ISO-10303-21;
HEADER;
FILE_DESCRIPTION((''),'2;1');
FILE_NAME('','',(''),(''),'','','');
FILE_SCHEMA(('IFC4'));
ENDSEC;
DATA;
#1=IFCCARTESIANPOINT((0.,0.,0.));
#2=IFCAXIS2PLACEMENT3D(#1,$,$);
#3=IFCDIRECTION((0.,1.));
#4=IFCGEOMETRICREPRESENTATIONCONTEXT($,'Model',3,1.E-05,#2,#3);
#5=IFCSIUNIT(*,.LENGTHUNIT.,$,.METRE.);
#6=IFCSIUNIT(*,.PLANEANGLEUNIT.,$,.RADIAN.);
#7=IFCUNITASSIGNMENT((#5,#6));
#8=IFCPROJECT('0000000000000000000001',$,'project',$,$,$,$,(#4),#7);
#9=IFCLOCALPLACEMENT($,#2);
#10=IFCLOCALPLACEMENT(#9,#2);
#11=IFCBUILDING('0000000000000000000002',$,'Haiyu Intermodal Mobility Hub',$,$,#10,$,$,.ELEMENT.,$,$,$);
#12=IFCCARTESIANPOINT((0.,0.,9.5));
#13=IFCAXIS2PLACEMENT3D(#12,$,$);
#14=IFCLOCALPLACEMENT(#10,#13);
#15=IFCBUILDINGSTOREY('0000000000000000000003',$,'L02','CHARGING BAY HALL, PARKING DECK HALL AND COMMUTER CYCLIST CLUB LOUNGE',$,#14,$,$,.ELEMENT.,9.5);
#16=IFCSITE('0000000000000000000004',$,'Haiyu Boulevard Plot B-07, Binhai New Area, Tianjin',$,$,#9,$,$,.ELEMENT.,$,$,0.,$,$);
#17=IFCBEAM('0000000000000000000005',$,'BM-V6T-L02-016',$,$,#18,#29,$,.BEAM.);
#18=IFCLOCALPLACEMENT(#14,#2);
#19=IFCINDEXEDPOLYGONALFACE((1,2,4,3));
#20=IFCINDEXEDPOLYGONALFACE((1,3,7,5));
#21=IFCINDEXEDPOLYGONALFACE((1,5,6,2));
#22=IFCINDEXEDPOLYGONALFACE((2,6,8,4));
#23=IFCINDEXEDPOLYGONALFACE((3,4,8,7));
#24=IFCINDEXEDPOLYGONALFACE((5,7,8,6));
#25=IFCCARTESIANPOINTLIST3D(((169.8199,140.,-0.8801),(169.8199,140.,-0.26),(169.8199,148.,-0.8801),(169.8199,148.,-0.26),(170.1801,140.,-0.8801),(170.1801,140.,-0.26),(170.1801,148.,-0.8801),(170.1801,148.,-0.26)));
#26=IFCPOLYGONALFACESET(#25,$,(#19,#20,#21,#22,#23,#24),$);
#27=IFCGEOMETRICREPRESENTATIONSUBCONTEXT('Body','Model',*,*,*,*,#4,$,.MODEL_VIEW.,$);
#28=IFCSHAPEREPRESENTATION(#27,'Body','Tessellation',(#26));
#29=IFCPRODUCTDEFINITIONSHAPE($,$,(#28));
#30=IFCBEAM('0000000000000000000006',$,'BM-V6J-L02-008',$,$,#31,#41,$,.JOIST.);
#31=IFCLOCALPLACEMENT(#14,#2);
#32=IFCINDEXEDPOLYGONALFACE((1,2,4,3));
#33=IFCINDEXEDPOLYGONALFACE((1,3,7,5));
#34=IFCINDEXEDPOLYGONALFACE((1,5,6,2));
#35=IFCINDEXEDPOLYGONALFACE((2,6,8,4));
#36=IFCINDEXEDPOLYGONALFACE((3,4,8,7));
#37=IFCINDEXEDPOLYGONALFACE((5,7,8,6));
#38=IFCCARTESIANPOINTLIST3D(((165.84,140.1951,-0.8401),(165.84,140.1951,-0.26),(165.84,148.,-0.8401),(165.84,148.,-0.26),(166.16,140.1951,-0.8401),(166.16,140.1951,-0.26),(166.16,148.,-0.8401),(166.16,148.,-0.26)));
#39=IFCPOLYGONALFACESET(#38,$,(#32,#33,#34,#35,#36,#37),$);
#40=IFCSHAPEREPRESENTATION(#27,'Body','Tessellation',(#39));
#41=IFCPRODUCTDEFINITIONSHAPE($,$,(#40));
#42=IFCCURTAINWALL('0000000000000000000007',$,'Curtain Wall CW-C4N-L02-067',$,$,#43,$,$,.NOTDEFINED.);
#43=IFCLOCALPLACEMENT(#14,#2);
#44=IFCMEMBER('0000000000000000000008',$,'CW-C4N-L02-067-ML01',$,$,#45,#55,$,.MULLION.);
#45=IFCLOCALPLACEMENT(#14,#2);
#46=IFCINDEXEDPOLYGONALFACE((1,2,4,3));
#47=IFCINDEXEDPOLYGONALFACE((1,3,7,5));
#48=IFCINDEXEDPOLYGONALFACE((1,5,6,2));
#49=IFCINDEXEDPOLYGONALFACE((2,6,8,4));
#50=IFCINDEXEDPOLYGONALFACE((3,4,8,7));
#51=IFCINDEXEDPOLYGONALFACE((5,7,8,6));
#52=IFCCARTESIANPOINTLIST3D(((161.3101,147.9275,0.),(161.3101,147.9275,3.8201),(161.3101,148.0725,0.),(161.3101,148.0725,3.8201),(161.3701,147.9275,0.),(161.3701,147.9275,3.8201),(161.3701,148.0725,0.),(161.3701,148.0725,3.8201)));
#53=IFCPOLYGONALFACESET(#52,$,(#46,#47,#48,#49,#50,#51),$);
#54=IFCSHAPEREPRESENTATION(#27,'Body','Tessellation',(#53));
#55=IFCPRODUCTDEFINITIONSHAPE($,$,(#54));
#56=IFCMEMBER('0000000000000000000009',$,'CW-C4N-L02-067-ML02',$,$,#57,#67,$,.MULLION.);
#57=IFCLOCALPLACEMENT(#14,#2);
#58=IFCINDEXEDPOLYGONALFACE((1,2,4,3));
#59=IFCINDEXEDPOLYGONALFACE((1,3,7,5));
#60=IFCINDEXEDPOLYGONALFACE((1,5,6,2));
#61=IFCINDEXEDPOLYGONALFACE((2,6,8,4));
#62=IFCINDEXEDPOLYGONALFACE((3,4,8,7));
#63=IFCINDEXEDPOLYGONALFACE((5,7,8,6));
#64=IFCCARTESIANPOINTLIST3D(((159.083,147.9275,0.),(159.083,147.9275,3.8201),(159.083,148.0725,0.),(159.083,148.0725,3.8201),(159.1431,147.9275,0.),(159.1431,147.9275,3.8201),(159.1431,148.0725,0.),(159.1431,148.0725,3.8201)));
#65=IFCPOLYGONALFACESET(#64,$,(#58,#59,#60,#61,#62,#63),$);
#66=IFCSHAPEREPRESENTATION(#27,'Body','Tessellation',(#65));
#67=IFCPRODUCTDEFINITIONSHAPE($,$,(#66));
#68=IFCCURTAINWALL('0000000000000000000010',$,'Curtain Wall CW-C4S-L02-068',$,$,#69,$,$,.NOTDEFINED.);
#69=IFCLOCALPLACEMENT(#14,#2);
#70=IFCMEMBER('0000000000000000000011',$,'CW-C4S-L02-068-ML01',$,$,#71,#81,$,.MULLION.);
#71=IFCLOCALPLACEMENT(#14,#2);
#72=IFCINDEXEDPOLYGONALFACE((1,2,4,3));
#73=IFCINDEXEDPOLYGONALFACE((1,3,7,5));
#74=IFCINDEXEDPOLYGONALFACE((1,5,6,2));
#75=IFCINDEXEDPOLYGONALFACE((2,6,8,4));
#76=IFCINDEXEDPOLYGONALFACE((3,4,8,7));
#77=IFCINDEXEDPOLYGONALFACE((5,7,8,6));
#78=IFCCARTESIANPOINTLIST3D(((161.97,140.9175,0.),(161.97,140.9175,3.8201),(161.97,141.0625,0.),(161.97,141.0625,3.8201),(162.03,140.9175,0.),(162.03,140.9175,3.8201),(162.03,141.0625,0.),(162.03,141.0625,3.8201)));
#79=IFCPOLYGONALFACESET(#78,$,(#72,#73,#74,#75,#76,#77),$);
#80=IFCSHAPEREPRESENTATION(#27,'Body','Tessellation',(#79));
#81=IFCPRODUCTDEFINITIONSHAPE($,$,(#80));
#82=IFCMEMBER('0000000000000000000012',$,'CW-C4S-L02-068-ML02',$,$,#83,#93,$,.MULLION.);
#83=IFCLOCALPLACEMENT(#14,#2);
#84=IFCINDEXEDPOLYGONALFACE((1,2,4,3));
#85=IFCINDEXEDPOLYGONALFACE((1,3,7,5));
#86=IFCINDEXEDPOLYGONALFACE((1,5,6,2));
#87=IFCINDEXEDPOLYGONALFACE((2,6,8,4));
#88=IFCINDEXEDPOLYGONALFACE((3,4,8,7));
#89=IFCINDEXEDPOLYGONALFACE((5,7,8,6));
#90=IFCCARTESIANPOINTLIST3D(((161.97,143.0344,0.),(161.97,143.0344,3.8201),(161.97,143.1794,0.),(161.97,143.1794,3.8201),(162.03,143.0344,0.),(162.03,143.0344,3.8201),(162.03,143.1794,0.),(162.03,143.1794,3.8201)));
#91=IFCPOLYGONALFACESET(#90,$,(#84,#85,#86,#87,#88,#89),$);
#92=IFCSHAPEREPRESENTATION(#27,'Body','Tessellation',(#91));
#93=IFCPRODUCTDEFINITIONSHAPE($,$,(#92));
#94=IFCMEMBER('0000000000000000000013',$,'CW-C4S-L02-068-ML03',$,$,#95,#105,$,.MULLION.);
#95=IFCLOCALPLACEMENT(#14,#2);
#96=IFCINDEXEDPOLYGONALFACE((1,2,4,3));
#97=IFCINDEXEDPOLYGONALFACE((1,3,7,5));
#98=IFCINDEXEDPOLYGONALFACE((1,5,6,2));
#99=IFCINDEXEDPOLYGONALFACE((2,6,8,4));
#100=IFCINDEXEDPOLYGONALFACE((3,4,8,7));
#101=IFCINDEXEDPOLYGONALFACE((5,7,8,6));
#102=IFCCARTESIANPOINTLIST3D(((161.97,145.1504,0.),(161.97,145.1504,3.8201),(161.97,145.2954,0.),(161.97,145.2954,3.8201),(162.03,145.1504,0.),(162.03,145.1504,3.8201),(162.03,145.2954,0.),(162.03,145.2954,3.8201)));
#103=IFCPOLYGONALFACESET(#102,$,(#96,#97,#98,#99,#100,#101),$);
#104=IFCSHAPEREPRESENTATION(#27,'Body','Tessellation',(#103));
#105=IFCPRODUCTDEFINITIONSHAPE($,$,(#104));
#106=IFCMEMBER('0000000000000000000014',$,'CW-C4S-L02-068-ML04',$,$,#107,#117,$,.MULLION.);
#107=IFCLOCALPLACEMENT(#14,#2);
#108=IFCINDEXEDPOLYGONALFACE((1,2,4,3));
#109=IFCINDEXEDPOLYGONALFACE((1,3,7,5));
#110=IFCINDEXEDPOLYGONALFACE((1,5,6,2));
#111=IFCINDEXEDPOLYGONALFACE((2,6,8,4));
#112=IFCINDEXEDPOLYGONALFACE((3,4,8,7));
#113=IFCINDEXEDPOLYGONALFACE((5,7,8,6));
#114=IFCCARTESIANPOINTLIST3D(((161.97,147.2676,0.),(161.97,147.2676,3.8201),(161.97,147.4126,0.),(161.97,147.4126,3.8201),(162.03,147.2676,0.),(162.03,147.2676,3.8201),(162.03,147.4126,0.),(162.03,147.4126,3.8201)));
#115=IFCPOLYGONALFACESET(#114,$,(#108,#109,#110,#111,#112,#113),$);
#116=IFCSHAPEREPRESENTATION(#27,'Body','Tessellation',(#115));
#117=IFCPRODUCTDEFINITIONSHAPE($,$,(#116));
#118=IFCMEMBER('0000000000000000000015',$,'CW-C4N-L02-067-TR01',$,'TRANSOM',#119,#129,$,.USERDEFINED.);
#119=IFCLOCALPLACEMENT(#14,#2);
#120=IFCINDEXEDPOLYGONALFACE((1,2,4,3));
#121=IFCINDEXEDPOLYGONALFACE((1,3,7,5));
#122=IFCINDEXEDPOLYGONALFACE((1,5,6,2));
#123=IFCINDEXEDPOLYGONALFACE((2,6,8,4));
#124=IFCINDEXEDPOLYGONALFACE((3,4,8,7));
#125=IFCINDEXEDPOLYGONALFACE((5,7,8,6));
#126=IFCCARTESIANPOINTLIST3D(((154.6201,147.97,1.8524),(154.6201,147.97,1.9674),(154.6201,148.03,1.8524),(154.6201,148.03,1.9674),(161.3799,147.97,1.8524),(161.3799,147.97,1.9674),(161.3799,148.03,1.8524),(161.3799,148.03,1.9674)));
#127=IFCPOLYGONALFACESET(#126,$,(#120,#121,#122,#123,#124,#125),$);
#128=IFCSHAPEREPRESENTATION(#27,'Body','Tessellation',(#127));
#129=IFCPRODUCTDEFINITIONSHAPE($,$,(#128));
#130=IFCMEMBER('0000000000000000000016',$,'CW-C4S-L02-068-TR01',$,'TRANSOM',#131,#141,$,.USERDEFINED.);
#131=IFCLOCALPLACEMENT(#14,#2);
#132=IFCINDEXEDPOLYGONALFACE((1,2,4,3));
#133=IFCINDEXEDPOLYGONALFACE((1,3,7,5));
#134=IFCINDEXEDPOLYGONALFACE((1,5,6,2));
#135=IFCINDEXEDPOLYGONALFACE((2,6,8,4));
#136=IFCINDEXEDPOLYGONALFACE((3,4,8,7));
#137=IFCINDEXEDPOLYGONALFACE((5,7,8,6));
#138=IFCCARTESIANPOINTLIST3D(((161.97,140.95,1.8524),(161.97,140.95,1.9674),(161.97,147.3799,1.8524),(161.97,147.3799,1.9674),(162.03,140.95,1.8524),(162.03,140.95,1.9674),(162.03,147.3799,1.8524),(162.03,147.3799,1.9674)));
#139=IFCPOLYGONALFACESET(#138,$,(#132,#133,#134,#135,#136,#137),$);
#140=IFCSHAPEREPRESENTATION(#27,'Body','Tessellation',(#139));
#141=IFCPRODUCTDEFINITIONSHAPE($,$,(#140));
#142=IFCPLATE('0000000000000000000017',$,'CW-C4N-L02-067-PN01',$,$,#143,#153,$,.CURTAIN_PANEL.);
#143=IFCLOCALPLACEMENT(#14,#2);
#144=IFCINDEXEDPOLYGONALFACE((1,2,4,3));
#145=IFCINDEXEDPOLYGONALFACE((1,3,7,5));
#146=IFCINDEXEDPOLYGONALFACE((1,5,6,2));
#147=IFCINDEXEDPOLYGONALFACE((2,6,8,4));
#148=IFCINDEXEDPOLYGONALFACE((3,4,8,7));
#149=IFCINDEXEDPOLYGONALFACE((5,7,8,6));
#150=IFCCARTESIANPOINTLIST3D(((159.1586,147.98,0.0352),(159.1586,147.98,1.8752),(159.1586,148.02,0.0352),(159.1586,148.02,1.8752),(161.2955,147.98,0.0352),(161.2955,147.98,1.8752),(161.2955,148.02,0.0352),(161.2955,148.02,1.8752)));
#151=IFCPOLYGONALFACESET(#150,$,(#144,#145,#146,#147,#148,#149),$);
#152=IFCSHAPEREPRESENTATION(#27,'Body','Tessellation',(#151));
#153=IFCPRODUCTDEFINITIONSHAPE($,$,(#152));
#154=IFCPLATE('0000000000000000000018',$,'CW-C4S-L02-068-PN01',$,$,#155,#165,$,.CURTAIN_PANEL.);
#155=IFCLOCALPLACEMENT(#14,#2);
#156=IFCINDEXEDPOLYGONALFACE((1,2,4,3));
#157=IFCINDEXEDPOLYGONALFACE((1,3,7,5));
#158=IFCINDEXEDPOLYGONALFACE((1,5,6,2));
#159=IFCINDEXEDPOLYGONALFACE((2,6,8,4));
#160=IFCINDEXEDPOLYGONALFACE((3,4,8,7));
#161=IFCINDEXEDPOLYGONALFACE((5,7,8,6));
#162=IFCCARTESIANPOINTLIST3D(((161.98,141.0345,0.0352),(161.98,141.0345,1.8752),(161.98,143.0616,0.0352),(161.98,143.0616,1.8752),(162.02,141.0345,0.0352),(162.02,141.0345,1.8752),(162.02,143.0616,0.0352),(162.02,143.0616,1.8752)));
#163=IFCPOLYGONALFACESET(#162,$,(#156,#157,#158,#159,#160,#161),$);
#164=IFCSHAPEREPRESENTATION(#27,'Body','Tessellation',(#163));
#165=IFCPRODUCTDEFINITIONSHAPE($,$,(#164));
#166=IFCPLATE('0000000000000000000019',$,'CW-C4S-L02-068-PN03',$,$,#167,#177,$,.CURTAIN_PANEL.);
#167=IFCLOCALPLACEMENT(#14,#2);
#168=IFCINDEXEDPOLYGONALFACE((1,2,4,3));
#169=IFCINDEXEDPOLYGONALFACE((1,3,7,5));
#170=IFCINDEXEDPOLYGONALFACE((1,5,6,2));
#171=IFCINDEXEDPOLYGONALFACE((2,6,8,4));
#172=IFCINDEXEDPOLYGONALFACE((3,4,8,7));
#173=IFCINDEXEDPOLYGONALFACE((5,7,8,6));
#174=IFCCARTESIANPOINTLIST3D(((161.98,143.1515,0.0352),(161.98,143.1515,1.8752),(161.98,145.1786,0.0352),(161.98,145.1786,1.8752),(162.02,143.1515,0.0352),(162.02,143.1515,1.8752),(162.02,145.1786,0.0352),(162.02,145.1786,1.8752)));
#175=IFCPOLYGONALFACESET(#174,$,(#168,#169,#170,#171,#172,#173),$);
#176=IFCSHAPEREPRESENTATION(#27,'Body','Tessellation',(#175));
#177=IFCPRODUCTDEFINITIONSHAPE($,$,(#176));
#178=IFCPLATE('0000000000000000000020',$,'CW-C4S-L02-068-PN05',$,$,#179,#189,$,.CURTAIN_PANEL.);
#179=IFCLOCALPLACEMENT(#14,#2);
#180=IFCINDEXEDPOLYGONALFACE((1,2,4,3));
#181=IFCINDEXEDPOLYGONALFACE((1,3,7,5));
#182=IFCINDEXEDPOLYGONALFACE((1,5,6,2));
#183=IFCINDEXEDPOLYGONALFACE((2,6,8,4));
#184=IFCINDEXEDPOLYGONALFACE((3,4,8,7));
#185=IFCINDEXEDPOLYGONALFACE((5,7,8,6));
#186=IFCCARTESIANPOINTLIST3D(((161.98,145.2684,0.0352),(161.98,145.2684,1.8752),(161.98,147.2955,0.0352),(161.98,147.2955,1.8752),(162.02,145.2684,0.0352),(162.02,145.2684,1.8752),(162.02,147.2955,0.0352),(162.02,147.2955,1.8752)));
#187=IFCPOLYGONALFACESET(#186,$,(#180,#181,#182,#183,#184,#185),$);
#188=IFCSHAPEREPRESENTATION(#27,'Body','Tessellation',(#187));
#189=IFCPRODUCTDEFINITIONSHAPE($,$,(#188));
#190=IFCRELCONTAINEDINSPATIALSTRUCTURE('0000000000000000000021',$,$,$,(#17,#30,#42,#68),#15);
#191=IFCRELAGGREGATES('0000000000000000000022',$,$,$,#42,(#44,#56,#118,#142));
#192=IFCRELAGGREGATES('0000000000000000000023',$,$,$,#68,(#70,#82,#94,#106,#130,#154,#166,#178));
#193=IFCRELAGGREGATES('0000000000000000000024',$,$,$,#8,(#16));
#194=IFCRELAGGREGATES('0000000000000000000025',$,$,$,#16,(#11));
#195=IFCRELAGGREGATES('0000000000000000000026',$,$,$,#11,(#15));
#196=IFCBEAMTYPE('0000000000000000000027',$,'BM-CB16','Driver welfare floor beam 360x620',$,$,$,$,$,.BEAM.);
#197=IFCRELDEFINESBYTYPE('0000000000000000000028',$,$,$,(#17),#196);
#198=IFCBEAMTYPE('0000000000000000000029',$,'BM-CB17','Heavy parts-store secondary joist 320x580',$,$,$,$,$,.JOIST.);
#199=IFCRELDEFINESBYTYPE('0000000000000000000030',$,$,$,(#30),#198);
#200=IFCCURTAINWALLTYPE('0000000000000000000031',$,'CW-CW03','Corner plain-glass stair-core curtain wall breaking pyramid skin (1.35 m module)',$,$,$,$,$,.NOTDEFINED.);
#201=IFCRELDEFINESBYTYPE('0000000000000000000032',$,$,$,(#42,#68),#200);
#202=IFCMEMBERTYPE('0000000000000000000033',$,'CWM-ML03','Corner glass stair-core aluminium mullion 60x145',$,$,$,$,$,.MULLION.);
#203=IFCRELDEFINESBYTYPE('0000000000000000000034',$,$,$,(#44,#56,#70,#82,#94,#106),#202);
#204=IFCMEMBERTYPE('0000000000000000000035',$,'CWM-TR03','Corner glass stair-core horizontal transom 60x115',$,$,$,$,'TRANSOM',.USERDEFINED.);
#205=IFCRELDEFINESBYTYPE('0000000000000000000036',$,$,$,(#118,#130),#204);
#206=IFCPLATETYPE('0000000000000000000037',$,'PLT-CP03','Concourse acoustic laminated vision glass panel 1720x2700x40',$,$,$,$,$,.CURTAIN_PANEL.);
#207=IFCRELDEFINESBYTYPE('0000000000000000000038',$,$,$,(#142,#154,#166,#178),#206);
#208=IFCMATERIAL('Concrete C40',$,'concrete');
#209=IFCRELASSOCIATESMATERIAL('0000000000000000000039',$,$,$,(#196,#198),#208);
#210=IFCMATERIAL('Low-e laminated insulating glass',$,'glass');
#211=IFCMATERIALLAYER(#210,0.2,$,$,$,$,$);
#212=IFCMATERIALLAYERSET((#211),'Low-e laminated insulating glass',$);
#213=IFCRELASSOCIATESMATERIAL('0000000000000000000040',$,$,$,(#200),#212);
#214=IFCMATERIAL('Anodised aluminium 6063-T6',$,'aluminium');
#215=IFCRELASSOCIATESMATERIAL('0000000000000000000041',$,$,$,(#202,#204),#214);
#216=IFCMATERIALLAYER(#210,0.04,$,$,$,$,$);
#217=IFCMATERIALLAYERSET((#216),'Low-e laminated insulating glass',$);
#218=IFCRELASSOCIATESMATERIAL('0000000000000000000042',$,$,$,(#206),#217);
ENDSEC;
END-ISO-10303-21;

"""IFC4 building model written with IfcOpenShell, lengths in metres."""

from ifc_helpers import new_model, si_unit, direction, frame, origin, origin_2d, place, context, subcontext, project, spatial, rectangle, extrude, material, layer, layer_set, material_profile, profile_set, type_object, element, aggregate, save


model = new_model("IFC4")

# Units and contexts
model_context = context("Model", 3, precision=1e-05, world=origin(), true_north=direction((0.0, 1.0)))
body_context = subcontext(model_context, "Body", "Model", "MODEL_VIEW")
ifc_project = project(units=[si_unit("LENGTHUNIT", "METRE"), si_unit("PLANEANGLEUNIT", "RADIAN")], contexts=[model_context])

# Site, building, storey
site_placement = place(None, origin())
site = spatial("IfcSite", under=ifc_project, at=site_placement, Name="Haiyu Boulevard Plot B-07, Binhai New Area, Tianjin", CompositionType="ELEMENT", RefElevation=0.0)
building_placement = place(site_placement, origin())
building = spatial("IfcBuilding", under=site, at=building_placement, Name="Haiyu Intermodal Mobility Hub", CompositionType="ELEMENT")
storey_placement = place(building_placement, frame((0.0, 0.0, 9.5)))
storey = spatial("IfcBuildingStorey", under=building, at=storey_placement, Name="L02", Description="CHARGING BAY HALL, PARKING DECK HALL AND COMMUTER CYCLIST CLUB LOUNGE", CompositionType="ELEMENT", Elevation=9.5)

# Shared definitions
ifc_material_1 = material(Name="Concrete C40", Category="concrete")

# Beams
ifc_material_profile_1 = material_profile(ifc_material_1, rectangle(XDim=0.3601, YDim=0.6201, at=origin_2d()), Name="B360x620")
ifc_profile_set_1 = profile_set([ifc_material_profile_1], Name="Concrete C40")
beam_type_1 = type_object("IfcBeamType", Name="BM-CB16", Description="Driver welfare floor beam 360x620", PredefinedType="BEAM", material=ifc_profile_set_1)
beam_1_placement = place(storey_placement, frame((170.0, 140.0, -0.5701), z_axis=(0.0, 1.0, 0.0), x_axis=(-1.0, 0.0, 0.0)))
element("IfcBeam", 1, at=beam_1_placement, inside=storey, type_object=beam_type_1, Name="BM-V6T-L02-016", PredefinedType="BEAM", context=body_context, shape_type="SweptSolid", body=[
    extrude(rectangle(XDim=0.3601, YDim=0.6201, at=origin_2d()), origin(), (0.0, 0.0, 1.0), 8.0),
])
ifc_material_profile_2 = material_profile(ifc_material_1, rectangle(XDim=0.3201, YDim=0.5801, at=origin_2d()), Name="B320x580")
ifc_profile_set_2 = profile_set([ifc_material_profile_2], Name="Concrete C40")
beam_type_2 = type_object("IfcBeamType", Name="BM-CB17", Description="Heavy parts-store secondary joist 320x580", PredefinedType="JOIST", material=ifc_profile_set_2)
beam_2_placement = place(storey_placement, frame((166.0, 140.1951, -0.55), z_axis=(0.0, 1.0, 0.0), x_axis=(-1.0, 0.0, 0.0)))
element("IfcBeam", 2, at=beam_2_placement, inside=storey, type_object=beam_type_2, Name="BM-V6J-L02-008", PredefinedType="JOIST", context=body_context, shape_type="SweptSolid", body=[
    extrude(rectangle(XDim=0.3201, YDim=0.5801, at=origin_2d()), origin(), (0.0, 0.0, 1.0), 7.8049),
])

# Curtain walls, members
ifc_material_2 = material(Name="Low-e laminated insulating glass", Category="glass")
ifc_layer_1 = layer(ifc_material_2, 0.2)
ifc_layer_set_1 = layer_set([ifc_layer_1], Name="Low-e laminated insulating glass")
curtain_wall_type = type_object("IfcCurtainWallType", Name="CW-CW03", Description="Corner plain-glass stair-core curtain wall breaking pyramid skin (1.35 m module)", PredefinedType="NOTDEFINED", material=ifc_layer_set_1)
curtain_wall_1_placement = place(storey_placement, origin())
curtain_wall_1 = element("IfcCurtainWall", 3, at=curtain_wall_1_placement, inside=storey, type_object=curtain_wall_type, Name="Curtain Wall CW-C4N-L02-067", PredefinedType="NOTDEFINED")
ifc_material_3 = material(Name="Anodised aluminium 6063-T6", Category="aluminium")
ifc_material_profile_3 = material_profile(ifc_material_3, rectangle(XDim=0.0601, YDim=0.145, at=origin_2d()), Name="ALU60x145")
ifc_profile_set_3 = profile_set([ifc_material_profile_3], Name="Anodised aluminium 6063-T6")
member_type_1 = type_object("IfcMemberType", Name="CWM-ML03", Description="Corner glass stair-core aluminium mullion 60x145", PredefinedType="MULLION", material=ifc_profile_set_3)
member_1_placement = place(storey_placement, frame((161.3401, 148.0, 0.0), z_axis=(0.0, 0.0, 1.0), x_axis=(1.0, 0.0, 0.0)))
member_1 = element("IfcMember", 4, at=member_1_placement, type_object=member_type_1, Name="CW-C4N-L02-067-ML01", PredefinedType="MULLION", context=body_context, shape_type="SweptSolid", body=[
    extrude(rectangle(XDim=0.0601, YDim=0.145, at=origin_2d()), origin(), (0.0, 0.0, 1.0), 3.8201),
])
member_2_placement = place(storey_placement, frame((159.113, 148.0, 0.0), z_axis=(0.0, 0.0, 1.0), x_axis=(1.0, 0.0, 0.0)))
member_2 = element("IfcMember", 5, at=member_2_placement, type_object=member_type_1, Name="CW-C4N-L02-067-ML02", PredefinedType="MULLION", context=body_context, shape_type="SweptSolid", body=[
    extrude(rectangle(XDim=0.0601, YDim=0.145, at=origin_2d()), origin(), (0.0, 0.0, 1.0), 3.8201),
])
curtain_wall_2_placement = place(storey_placement, origin())
curtain_wall_2 = element("IfcCurtainWall", 6, at=curtain_wall_2_placement, inside=storey, type_object=curtain_wall_type, Name="Curtain Wall CW-C4S-L02-068", PredefinedType="NOTDEFINED")
member_3_placement = place(storey_placement, frame((162.0, 140.99, 0.0), z_axis=(0.0, 0.0, 1.0), x_axis=(1.0, 0.0, 0.0)))
member_3 = element("IfcMember", 7, at=member_3_placement, type_object=member_type_1, Name="CW-C4S-L02-068-ML01", PredefinedType="MULLION", context=body_context, shape_type="SweptSolid", body=[
    extrude(rectangle(XDim=0.0601, YDim=0.145, at=origin_2d()), origin(), (0.0, 0.0, 1.0), 3.8201),
])
member_4_placement = place(storey_placement, frame((162.0, 143.1069, 0.0), z_axis=(0.0, 0.0, 1.0), x_axis=(1.0, 0.0, 0.0)))
member_4 = element("IfcMember", 8, at=member_4_placement, type_object=member_type_1, Name="CW-C4S-L02-068-ML02", PredefinedType="MULLION", context=body_context, shape_type="SweptSolid", body=[
    extrude(rectangle(XDim=0.0601, YDim=0.145, at=origin_2d()), origin(), (0.0, 0.0, 1.0), 3.8201),
])
member_5_placement = place(storey_placement, frame((162.0, 145.2229, 0.0), z_axis=(0.0, 0.0, 1.0), x_axis=(1.0, 0.0, 0.0)))
member_5 = element("IfcMember", 9, at=member_5_placement, type_object=member_type_1, Name="CW-C4S-L02-068-ML03", PredefinedType="MULLION", context=body_context, shape_type="SweptSolid", body=[
    extrude(rectangle(XDim=0.0601, YDim=0.145, at=origin_2d()), origin(), (0.0, 0.0, 1.0), 3.8201),
])
member_6_placement = place(storey_placement, frame((162.0, 147.3401, 0.0), z_axis=(0.0, 0.0, 1.0), x_axis=(1.0, 0.0, 0.0)))
member_6 = element("IfcMember", 10, at=member_6_placement, type_object=member_type_1, Name="CW-C4S-L02-068-ML04", PredefinedType="MULLION", context=body_context, shape_type="SweptSolid", body=[
    extrude(rectangle(XDim=0.0601, YDim=0.145, at=origin_2d()), origin(), (0.0, 0.0, 1.0), 3.8201),
])

# Members
ifc_material_profile_4 = material_profile(ifc_material_3, rectangle(XDim=0.0601, YDim=0.115, at=origin_2d()), Name="ALU60x115")
ifc_profile_set_4 = profile_set([ifc_material_profile_4], Name="Anodised aluminium 6063-T6")
member_type_2 = type_object("IfcMemberType", Name="CWM-TR03", Description="Corner glass stair-core horizontal transom 60x115", ElementType="TRANSOM", PredefinedType="USERDEFINED", material=ifc_profile_set_4)
member_7_placement = place(storey_placement, frame((161.3799, 148.0, 1.9099), z_axis=(-1.0, 0.0, 0.0), x_axis=(0.0, -1.0, 0.0)))
member_7 = element("IfcMember", 11, at=member_7_placement, type_object=member_type_2, Name="CW-C4N-L02-067-TR01", ObjectType="TRANSOM", PredefinedType="USERDEFINED", context=body_context, shape_type="SweptSolid", body=[
    extrude(rectangle(XDim=0.0601, YDim=0.115, at=origin_2d()), origin(), (0.0, 0.0, 1.0), 6.7598),
])
member_8_placement = place(storey_placement, frame((162.0, 140.95, 1.9099), z_axis=(0.0, 1.0, 0.0), x_axis=(-1.0, 0.0, 0.0)))
member_8 = element("IfcMember", 12, at=member_8_placement, type_object=member_type_2, Name="CW-C4S-L02-068-TR01", ObjectType="TRANSOM", PredefinedType="USERDEFINED", context=body_context, shape_type="SweptSolid", body=[
    extrude(rectangle(XDim=0.0601, YDim=0.115, at=origin_2d()), origin(), (0.0, 0.0, 1.0), 6.4299),
])

# Plates
ifc_layer_2 = layer(ifc_material_2, 0.04)
ifc_layer_set_2 = layer_set([ifc_layer_2], Name="Low-e laminated insulating glass")
plate_type_1 = type_object("IfcPlateType", Name="PLT-CP03", Description="Concourse acoustic laminated vision glass panel 1720x2700x40", PredefinedType="CURTAIN_PANEL", material=ifc_layer_set_2)
plate_1_placement = place(storey_placement, frame((160.2271, 148.0, 0.0352), z_axis=(0.0, 0.0, 1.0), x_axis=(-1.0, 0.0, 0.0)))
plate_1 = element("IfcPlate", 13, at=plate_1_placement, type_object=plate_type_1, Name="CW-C4N-L02-067-PN01", PredefinedType="CURTAIN_PANEL", context=body_context, shape_type="SweptSolid", body=[
    extrude(rectangle(XDim=2.137, YDim=0.04, at=origin_2d()), origin(), (0.0, 0.0, 1.0), 1.8401),
])
plate_2_placement = place(storey_placement, frame((162.0, 142.0481, 0.0352), z_axis=(0.0, 0.0, 1.0), x_axis=(0.0, 1.0, 0.0)))
plate_2 = element("IfcPlate", 14, at=plate_2_placement, type_object=plate_type_1, Name="CW-C4S-L02-068-PN01", PredefinedType="CURTAIN_PANEL", context=body_context, shape_type="SweptSolid", body=[
    extrude(rectangle(XDim=2.0271, YDim=0.04, at=origin_2d()), origin(), (0.0, 0.0, 1.0), 1.8401),
])
plate_3_placement = place(storey_placement, frame((162.0, 144.165, 0.0352), z_axis=(0.0, 0.0, 1.0), x_axis=(0.0, 1.0, 0.0)))
plate_3 = element("IfcPlate", 15, at=plate_3_placement, type_object=plate_type_1, Name="CW-C4S-L02-068-PN03", PredefinedType="CURTAIN_PANEL", context=body_context, shape_type="SweptSolid", body=[
    extrude(rectangle(XDim=2.0271, YDim=0.04, at=origin_2d()), origin(), (0.0, 0.0, 1.0), 1.8401),
])
plate_4_placement = place(storey_placement, frame((162.0, 146.282, 0.0352), z_axis=(0.0, 0.0, 1.0), x_axis=(0.0, 1.0, 0.0)))
plate_4 = element("IfcPlate", 16, at=plate_4_placement, type_object=plate_type_1, Name="CW-C4S-L02-068-PN05", PredefinedType="CURTAIN_PANEL", context=body_context, shape_type="SweptSolid", body=[
    extrude(rectangle(XDim=2.0271, YDim=0.04, at=origin_2d()), origin(), (0.0, 0.0, 1.0), 1.8401),
])
aggregate(curtain_wall_1, [member_1, member_2, member_7, plate_1])
aggregate(curtain_wall_2, [member_3, member_4, member_5, member_6, member_8, plate_2, plate_3, plate_4])

save(model, "model.ifc")
